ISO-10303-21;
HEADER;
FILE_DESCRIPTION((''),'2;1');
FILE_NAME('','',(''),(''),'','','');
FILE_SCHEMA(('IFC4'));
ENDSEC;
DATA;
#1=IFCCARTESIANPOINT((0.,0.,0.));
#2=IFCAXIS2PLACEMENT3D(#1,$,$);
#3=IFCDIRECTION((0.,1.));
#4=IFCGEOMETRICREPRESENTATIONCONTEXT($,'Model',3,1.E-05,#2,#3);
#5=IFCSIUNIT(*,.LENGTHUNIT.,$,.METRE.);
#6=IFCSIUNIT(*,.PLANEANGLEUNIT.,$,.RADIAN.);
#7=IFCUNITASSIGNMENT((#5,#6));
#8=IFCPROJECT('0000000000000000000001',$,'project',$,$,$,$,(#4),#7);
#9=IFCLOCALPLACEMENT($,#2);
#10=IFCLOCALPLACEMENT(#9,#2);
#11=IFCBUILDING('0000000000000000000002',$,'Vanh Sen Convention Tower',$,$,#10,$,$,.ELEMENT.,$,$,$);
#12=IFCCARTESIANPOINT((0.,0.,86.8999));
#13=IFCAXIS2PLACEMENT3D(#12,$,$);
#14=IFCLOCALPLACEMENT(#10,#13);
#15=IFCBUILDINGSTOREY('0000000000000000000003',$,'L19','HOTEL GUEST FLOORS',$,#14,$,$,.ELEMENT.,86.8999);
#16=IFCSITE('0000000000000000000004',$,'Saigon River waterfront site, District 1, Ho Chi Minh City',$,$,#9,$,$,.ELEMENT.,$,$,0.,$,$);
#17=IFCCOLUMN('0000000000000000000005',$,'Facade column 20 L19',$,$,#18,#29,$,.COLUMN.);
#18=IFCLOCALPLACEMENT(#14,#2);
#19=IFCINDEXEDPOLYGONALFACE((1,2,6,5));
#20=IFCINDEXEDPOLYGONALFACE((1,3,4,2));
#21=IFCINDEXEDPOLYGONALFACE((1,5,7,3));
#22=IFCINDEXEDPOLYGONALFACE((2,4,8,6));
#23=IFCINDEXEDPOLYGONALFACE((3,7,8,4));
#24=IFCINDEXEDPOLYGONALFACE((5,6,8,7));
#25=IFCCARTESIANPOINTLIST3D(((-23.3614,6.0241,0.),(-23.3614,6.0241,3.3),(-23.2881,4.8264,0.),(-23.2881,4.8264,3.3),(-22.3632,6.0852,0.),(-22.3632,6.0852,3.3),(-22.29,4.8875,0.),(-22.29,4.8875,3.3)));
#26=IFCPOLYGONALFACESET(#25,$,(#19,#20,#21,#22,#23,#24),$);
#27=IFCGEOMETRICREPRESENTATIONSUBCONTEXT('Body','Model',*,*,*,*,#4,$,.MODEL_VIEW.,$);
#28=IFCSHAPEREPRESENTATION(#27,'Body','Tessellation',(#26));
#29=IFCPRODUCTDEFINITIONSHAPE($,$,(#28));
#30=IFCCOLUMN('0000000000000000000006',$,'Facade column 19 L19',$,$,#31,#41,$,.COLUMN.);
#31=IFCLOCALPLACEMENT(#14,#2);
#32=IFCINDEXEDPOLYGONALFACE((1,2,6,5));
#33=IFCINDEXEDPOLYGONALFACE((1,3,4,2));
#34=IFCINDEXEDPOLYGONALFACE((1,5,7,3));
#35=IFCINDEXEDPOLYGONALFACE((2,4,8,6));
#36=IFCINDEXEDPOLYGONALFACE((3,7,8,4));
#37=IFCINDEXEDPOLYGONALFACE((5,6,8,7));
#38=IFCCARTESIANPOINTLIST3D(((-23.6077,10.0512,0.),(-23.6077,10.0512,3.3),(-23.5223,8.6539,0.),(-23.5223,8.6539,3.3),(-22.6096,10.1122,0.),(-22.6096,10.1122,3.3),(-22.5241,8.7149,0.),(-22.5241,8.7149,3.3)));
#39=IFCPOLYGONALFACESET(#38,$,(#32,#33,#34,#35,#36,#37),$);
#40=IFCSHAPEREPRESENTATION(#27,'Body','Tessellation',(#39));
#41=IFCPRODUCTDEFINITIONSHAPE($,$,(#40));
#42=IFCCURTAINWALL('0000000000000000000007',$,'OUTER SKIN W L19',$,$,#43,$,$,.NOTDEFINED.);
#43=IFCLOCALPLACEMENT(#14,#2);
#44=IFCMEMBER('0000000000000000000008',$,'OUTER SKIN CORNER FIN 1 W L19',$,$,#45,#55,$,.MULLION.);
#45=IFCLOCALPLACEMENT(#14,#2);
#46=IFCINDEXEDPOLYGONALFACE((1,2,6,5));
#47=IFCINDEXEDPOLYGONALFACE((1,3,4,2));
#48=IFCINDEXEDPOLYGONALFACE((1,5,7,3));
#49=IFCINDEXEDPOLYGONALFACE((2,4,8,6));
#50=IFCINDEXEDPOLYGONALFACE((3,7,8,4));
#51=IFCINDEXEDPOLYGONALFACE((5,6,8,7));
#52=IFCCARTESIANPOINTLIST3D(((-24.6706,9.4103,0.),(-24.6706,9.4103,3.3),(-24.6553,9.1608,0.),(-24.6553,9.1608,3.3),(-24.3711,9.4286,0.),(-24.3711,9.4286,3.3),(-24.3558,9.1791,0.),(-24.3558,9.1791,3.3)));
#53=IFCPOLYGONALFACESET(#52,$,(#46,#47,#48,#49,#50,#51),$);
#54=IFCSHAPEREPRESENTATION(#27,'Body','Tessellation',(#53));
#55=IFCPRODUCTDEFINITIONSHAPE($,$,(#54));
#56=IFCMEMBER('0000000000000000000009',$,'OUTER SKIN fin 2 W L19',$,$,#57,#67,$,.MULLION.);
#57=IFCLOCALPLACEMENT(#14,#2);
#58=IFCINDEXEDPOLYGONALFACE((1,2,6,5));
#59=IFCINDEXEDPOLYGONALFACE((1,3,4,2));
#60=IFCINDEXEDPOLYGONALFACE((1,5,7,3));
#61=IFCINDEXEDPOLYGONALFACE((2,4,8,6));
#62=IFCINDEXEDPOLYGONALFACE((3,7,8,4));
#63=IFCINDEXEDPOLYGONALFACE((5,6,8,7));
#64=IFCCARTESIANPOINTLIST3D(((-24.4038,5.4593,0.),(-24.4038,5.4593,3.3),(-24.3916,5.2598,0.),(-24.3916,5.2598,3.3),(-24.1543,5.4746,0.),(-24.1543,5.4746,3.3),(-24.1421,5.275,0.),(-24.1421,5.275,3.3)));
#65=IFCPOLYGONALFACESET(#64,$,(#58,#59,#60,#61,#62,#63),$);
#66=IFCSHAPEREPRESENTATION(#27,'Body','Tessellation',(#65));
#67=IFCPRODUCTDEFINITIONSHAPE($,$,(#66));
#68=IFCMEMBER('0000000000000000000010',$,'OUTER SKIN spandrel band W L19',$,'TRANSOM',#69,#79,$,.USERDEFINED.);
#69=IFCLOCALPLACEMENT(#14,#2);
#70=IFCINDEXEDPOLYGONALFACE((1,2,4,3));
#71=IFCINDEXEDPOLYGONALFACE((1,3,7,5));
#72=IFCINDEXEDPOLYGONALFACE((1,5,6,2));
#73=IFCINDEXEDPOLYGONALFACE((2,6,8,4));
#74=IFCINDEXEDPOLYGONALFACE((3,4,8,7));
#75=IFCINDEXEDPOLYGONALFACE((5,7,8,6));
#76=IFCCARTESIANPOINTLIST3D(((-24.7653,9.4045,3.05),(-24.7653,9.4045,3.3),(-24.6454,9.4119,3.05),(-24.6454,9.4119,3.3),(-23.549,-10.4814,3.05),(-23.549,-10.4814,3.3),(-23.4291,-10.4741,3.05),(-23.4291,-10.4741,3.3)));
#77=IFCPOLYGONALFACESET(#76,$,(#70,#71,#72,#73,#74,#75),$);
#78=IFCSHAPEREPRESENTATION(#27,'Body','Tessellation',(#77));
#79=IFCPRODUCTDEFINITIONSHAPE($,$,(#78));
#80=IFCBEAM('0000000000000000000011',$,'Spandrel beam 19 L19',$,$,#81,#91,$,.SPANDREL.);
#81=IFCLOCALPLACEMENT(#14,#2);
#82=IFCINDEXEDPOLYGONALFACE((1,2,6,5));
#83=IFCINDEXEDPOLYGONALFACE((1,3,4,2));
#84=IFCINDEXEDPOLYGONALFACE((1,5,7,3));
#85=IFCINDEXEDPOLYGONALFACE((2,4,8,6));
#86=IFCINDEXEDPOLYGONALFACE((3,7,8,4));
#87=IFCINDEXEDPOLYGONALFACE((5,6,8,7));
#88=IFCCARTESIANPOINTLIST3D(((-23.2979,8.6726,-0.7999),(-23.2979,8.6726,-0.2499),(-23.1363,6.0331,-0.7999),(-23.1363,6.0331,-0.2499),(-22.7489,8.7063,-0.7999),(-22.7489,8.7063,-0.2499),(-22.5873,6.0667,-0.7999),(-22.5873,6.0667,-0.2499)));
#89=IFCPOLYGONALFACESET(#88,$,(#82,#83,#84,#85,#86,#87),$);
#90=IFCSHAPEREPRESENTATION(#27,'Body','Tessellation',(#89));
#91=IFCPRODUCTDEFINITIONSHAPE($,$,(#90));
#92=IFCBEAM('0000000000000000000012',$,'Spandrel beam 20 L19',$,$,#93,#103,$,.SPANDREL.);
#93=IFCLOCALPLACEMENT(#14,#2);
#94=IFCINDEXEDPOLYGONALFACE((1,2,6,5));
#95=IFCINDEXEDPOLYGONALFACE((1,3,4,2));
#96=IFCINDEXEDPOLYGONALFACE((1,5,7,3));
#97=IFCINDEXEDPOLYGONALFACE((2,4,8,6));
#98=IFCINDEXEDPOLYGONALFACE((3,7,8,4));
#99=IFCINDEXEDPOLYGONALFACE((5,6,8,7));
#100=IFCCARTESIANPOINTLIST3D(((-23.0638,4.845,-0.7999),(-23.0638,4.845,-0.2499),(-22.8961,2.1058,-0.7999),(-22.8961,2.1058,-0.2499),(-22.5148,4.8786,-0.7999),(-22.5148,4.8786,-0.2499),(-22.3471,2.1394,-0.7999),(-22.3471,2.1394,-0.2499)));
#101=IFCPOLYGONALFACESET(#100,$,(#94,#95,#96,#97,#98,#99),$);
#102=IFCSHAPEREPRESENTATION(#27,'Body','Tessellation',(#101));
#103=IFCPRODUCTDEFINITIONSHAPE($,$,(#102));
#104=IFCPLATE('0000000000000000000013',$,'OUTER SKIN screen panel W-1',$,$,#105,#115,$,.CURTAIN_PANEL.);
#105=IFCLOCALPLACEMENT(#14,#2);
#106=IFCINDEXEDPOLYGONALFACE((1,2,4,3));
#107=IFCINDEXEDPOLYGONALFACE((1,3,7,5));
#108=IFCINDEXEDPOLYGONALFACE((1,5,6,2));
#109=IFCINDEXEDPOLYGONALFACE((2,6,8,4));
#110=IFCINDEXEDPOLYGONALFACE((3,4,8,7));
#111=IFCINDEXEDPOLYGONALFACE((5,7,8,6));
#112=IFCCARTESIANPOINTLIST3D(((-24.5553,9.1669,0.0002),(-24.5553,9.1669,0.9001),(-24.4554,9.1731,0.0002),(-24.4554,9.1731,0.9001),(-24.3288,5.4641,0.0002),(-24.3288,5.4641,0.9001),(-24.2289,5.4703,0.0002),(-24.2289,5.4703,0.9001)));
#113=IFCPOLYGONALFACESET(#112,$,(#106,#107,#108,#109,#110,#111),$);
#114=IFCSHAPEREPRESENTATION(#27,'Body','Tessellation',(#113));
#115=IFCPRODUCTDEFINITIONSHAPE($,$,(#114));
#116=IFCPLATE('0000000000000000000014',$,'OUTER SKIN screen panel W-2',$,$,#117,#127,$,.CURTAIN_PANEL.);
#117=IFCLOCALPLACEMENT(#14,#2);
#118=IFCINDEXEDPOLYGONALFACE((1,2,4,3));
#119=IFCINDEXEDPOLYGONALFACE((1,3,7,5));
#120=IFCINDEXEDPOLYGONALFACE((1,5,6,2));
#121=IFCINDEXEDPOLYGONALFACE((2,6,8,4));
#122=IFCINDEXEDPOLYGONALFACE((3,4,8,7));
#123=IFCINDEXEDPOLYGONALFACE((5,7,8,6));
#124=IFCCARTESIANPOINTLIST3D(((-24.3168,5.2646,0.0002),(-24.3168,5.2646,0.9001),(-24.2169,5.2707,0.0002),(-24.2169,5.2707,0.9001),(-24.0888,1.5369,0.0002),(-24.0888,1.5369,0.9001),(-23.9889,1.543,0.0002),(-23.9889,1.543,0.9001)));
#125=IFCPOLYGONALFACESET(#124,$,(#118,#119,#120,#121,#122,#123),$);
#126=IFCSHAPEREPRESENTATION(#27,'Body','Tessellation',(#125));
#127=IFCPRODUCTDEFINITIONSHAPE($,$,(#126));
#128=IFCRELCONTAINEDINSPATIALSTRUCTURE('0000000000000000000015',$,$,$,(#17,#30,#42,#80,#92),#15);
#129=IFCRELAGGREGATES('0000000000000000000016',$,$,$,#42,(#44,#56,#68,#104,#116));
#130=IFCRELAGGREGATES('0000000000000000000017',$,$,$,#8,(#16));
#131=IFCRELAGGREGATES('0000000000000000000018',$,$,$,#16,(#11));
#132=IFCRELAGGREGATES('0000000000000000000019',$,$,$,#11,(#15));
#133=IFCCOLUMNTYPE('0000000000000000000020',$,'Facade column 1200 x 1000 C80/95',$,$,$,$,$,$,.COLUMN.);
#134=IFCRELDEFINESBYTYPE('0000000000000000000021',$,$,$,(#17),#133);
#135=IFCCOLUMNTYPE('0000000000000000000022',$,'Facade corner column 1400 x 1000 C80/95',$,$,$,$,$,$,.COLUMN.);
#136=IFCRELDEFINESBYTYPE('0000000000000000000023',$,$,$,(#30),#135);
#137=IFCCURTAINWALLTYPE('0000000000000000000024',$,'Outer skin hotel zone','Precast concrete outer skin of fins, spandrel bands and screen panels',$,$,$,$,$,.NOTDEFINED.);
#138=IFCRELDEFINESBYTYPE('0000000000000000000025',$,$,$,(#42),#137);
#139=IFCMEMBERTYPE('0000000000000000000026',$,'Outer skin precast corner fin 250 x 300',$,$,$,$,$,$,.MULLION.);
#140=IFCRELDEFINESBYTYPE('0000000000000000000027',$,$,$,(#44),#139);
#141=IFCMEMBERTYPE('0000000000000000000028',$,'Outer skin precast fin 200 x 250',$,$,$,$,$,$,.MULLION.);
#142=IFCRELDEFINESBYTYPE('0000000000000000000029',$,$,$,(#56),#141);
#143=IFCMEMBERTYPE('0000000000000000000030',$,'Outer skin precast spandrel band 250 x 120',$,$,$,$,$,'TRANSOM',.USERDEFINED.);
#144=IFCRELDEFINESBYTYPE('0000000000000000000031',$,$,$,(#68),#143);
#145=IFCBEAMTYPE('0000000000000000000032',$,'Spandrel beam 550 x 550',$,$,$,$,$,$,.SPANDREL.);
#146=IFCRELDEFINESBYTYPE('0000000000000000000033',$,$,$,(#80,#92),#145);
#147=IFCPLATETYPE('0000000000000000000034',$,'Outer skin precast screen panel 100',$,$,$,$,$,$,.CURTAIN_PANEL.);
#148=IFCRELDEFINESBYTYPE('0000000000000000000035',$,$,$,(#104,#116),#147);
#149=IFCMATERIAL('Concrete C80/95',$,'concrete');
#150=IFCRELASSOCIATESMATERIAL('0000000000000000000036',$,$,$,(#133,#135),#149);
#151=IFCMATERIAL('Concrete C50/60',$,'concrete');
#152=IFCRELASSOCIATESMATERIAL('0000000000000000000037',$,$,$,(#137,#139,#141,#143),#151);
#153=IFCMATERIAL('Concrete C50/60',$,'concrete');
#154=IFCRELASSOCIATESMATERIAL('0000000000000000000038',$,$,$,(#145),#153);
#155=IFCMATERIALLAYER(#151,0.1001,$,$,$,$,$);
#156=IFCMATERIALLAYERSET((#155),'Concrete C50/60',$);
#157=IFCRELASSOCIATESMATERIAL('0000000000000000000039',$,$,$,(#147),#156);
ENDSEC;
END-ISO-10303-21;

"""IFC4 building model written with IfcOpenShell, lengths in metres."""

from ifc_helpers import new_model, si_unit, direction, frame, origin, origin_2d, place, context, subcontext, project, spatial, rectangle, extrude, material, layer, layer_set, material_profile, profile_set, type_object, element, aggregate, save


model = new_model("IFC4")

# Units and contexts
model_context = context("Model", 3, precision=1e-05, world=origin(), true_north=direction((0.0, 1.0)))
body_context = subcontext(model_context, "Body", "Model", "MODEL_VIEW")
ifc_project = project(units=[si_unit("LENGTHUNIT", "METRE"), si_unit("PLANEANGLEUNIT", "RADIAN")], contexts=[model_context])

# Site, building, storey
site_placement = place(None, origin())
site = spatial("IfcSite", under=ifc_project, at=site_placement, Name="Saigon River waterfront site, District 1, Ho Chi Minh City", CompositionType="ELEMENT", RefElevation=0.0)
building_placement = place(site_placement, origin())
building = spatial("IfcBuilding", under=site, at=building_placement, Name="Vanh Sen Convention Tower", CompositionType="ELEMENT")
storey_placement = place(building_placement, frame((0.0, 0.0, 86.8999)))
storey = spatial("IfcBuildingStorey", under=building, at=storey_placement, Name="L19", Description="HOTEL GUEST FLOORS", CompositionType="ELEMENT", Elevation=86.8999)

# Columns
ifc_material_1 = material(Name="Concrete C80/95", Category="concrete")
ifc_material_profile_1 = material_profile(ifc_material_1, rectangle(XDim=1.2, YDim=1.0, at=origin_2d()), Name="RC 1200X1000")
ifc_profile_set_1 = profile_set([ifc_material_profile_1], Name="Concrete C80/95")
column_type_1 = type_object("IfcColumnType", Name="Facade column 1200 x 1000 C80/95", PredefinedType="COLUMN", material=ifc_profile_set_1)
column_1_placement = place(storey_placement, frame((-22.8257, 5.4558, 0.0), z_axis=(0.0, 0.0, 1.0), x_axis=(0.061049, -0.998135, 0.0)))
element("IfcColumn", 1, at=column_1_placement, inside=storey, type_object=column_type_1, Name="Facade column 20 L19", PredefinedType="COLUMN", context=body_context, shape_type="SweptSolid", body=[
    extrude(rectangle(XDim=1.2, YDim=1.0, at=origin_2d()), origin(), (0.0, 0.0, 1.0), 3.3),
])
ifc_material_profile_2 = material_profile(ifc_material_1, rectangle(XDim=1.3999, YDim=1.0, at=origin_2d()), Name="RC 1400X1000")
ifc_profile_set_2 = profile_set([ifc_material_profile_2], Name="Concrete C80/95")
column_type_2 = type_object("IfcColumnType", Name="Facade corner column 1400 x 1000 C80/95", PredefinedType="COLUMN", material=ifc_profile_set_2)
column_2_placement = place(storey_placement, frame((-23.0659, 9.3831, 0.0), z_axis=(0.0, 0.0, 1.0), x_axis=(0.061049, -0.998135, 0.0)))
element("IfcColumn", 2, at=column_2_placement, inside=storey, type_object=column_type_2, Name="Facade column 19 L19", PredefinedType="COLUMN", context=body_context, shape_type="SweptSolid", body=[
    extrude(rectangle(XDim=1.3999, YDim=1.0, at=origin_2d()), origin(), (0.0, 0.0, 1.0), 3.3),
])

# Curtain wall, members
ifc_material_2 = material(Name="Concrete C50/60", Category="concrete")
curtain_wall_type = type_object("IfcCurtainWallType", Name="Outer skin hotel zone", Description="Precast concrete outer skin of fins, spandrel bands and screen panels", PredefinedType="NOTDEFINED", material=ifc_material_2)
curtain_wall_placement = place(storey_placement, origin())
curtain_wall = element("IfcCurtainWall", 3, at=curtain_wall_placement, inside=storey, type_object=curtain_wall_type, Name="OUTER SKIN W L19", PredefinedType="NOTDEFINED")
ifc_material_profile_3 = material_profile(ifc_material_2, rectangle(XDim=0.25, YDim=0.3, at=origin_2d()), Name="Outer skin precast corner fin 250 x 300")
ifc_profile_set_3 = profile_set([ifc_material_profile_3], Name="Concrete C50/60")
member_type_1 = type_object("IfcMemberType", Name="Outer skin precast corner fin 250 x 300", PredefinedType="MULLION", material=ifc_profile_set_3)
member_1_placement = place(storey_placement, frame((-24.5132, 9.2947, 0.0), z_axis=(0.0, 0.0, 1.0), x_axis=(0.061049, -0.998135, 0.0)))
member_1 = element("IfcMember", 4, at=member_1_placement, type_object=member_type_1, Name="OUTER SKIN CORNER FIN 1 W L19", PredefinedType="MULLION", context=body_context, shape_type="SweptSolid", body=[
    extrude(rectangle(XDim=0.25, YDim=0.3, at=origin_2d()), origin(), (0.0, 0.0, 1.0), 3.3),
])
ifc_material_profile_4 = material_profile(ifc_material_2, rectangle(XDim=0.2, YDim=0.25, at=origin_2d()), Name="Outer skin precast fin 200 x 250")
ifc_profile_set_4 = profile_set([ifc_material_profile_4], Name="Concrete C50/60")
member_type_2 = type_object("IfcMemberType", Name="Outer skin precast fin 200 x 250", PredefinedType="MULLION", material=ifc_profile_set_4)
member_2_placement = place(storey_placement, frame((-24.2729, 5.3672, 0.0), z_axis=(0.0, 0.0, 1.0), x_axis=(0.061049, -0.998135, 0.0)))
member_2 = element("IfcMember", 5, at=member_2_placement, type_object=member_type_2, Name="OUTER SKIN fin 2 W L19", PredefinedType="MULLION", context=body_context, shape_type="SweptSolid", body=[
    extrude(rectangle(XDim=0.2, YDim=0.25, at=origin_2d()), origin(), (0.0, 0.0, 1.0), 3.3),
])
ifc_material_profile_5 = material_profile(ifc_material_2, rectangle(XDim=0.1201, YDim=0.25, at=origin_2d()), Name="Outer skin precast spandrel band 250 x 120")
ifc_profile_set_5 = profile_set([ifc_material_profile_5], Name="Concrete C50/60")
member_type_3 = type_object("IfcMemberType", Name="Outer skin precast spandrel band 250 x 120", ElementType="TRANSOM", PredefinedType="USERDEFINED", material=ifc_profile_set_5)
member_3_placement = place(storey_placement, frame((-24.7053, 9.4082, 3.175), z_axis=(0.06105, -0.998135, 0.0), x_axis=(0.998135, 0.06105, 0.0)))
member_3 = element("IfcMember", 6, at=member_3_placement, type_object=member_type_3, Name="OUTER SKIN spandrel band W L19", ObjectType="TRANSOM", PredefinedType="USERDEFINED", context=body_context, shape_type="SweptSolid", body=[
    extrude(rectangle(XDim=0.1201, YDim=0.25, at=origin_2d()), origin(), (0.0, 0.0, 1.0), 19.9231),
])

# Beams
ifc_material_3 = material(Name="Concrete C50/60", Category="concrete")
ifc_material_profile_6 = material_profile(ifc_material_3, rectangle(XDim=0.55, YDim=0.55, at=origin_2d()), Name="RC 550X550")
ifc_profile_set_6 = profile_set([ifc_material_profile_6], Name="Concrete C50/60")
beam_type = type_object("IfcBeamType", Name="Spandrel beam 550 x 550", PredefinedType="SPANDREL", material=ifc_profile_set_6)
beam_1_placement = place(storey_placement, frame((-23.0234, 8.6895, -0.5249), z_axis=(0.061114, -0.998131, 0.0), x_axis=(0.998131, 0.061114, 0.0)))
element("IfcBeam", 7, at=beam_1_placement, inside=storey, type_object=beam_type, Name="Spandrel beam 19 L19", PredefinedType="SPANDREL", context=body_context, shape_type="SweptSolid", body=[
    extrude(rectangle(XDim=0.55, YDim=0.55, at=origin_2d()), origin(), (0.0, 0.0, 1.0), 2.6445),
])
beam_2_placement = place(storey_placement, frame((-22.7893, 4.8618, -0.5249), z_axis=(0.061115, -0.998131, 0.0), x_axis=(0.998131, 0.061115, 0.0)))
element("IfcBeam", 8, at=beam_2_placement, inside=storey, type_object=beam_type, Name="Spandrel beam 20 L19", PredefinedType="SPANDREL", context=body_context, shape_type="SweptSolid", body=[
    extrude(rectangle(XDim=0.55, YDim=0.55, at=origin_2d()), origin(), (0.0, 0.0, 1.0), 2.7444),
])

# Plates
ifc_layer_1 = layer(ifc_material_2, 0.1001)
ifc_layer_set_1 = layer_set([ifc_layer_1], Name="Concrete C50/60")
plate_type = type_object("IfcPlateType", Name="Outer skin precast screen panel 100", PredefinedType="CURTAIN_PANEL", material=ifc_layer_set_1)
plate_1_placement = place(storey_placement, frame((-24.3921, 7.3186, 0.0002), z_axis=(0.0, 0.0, 1.0), x_axis=(0.061047, -0.998135, 0.0)))
plate_1 = element("IfcPlate", 9, at=plate_1_placement, type_object=plate_type, Name="OUTER SKIN screen panel W-1", PredefinedType="CURTAIN_PANEL", context=body_context, shape_type="SweptSolid", body=[
    extrude(rectangle(XDim=3.7097, YDim=0.1001, at=origin_2d()), origin(), (0.0, 0.0, 1.0), 0.8999),
])
plate_2_placement = place(storey_placement, frame((-24.1528, 3.4038, 0.0002), z_axis=(0.0, 0.0, 1.0), x_axis=(0.061049, -0.998135, 0.0)))
plate_2 = element("IfcPlate", 10, at=plate_2_placement, type_object=plate_type, Name="OUTER SKIN screen panel W-2", PredefinedType="CURTAIN_PANEL", context=body_context, shape_type="SweptSolid", body=[
    extrude(rectangle(XDim=3.7346, YDim=0.1001, at=origin_2d()), origin(), (0.0, 0.0, 1.0), 0.8999),
])
aggregate(curtain_wall, [member_1, member_2, member_3, plate_1, plate_2])

save(model, "model.ifc")
